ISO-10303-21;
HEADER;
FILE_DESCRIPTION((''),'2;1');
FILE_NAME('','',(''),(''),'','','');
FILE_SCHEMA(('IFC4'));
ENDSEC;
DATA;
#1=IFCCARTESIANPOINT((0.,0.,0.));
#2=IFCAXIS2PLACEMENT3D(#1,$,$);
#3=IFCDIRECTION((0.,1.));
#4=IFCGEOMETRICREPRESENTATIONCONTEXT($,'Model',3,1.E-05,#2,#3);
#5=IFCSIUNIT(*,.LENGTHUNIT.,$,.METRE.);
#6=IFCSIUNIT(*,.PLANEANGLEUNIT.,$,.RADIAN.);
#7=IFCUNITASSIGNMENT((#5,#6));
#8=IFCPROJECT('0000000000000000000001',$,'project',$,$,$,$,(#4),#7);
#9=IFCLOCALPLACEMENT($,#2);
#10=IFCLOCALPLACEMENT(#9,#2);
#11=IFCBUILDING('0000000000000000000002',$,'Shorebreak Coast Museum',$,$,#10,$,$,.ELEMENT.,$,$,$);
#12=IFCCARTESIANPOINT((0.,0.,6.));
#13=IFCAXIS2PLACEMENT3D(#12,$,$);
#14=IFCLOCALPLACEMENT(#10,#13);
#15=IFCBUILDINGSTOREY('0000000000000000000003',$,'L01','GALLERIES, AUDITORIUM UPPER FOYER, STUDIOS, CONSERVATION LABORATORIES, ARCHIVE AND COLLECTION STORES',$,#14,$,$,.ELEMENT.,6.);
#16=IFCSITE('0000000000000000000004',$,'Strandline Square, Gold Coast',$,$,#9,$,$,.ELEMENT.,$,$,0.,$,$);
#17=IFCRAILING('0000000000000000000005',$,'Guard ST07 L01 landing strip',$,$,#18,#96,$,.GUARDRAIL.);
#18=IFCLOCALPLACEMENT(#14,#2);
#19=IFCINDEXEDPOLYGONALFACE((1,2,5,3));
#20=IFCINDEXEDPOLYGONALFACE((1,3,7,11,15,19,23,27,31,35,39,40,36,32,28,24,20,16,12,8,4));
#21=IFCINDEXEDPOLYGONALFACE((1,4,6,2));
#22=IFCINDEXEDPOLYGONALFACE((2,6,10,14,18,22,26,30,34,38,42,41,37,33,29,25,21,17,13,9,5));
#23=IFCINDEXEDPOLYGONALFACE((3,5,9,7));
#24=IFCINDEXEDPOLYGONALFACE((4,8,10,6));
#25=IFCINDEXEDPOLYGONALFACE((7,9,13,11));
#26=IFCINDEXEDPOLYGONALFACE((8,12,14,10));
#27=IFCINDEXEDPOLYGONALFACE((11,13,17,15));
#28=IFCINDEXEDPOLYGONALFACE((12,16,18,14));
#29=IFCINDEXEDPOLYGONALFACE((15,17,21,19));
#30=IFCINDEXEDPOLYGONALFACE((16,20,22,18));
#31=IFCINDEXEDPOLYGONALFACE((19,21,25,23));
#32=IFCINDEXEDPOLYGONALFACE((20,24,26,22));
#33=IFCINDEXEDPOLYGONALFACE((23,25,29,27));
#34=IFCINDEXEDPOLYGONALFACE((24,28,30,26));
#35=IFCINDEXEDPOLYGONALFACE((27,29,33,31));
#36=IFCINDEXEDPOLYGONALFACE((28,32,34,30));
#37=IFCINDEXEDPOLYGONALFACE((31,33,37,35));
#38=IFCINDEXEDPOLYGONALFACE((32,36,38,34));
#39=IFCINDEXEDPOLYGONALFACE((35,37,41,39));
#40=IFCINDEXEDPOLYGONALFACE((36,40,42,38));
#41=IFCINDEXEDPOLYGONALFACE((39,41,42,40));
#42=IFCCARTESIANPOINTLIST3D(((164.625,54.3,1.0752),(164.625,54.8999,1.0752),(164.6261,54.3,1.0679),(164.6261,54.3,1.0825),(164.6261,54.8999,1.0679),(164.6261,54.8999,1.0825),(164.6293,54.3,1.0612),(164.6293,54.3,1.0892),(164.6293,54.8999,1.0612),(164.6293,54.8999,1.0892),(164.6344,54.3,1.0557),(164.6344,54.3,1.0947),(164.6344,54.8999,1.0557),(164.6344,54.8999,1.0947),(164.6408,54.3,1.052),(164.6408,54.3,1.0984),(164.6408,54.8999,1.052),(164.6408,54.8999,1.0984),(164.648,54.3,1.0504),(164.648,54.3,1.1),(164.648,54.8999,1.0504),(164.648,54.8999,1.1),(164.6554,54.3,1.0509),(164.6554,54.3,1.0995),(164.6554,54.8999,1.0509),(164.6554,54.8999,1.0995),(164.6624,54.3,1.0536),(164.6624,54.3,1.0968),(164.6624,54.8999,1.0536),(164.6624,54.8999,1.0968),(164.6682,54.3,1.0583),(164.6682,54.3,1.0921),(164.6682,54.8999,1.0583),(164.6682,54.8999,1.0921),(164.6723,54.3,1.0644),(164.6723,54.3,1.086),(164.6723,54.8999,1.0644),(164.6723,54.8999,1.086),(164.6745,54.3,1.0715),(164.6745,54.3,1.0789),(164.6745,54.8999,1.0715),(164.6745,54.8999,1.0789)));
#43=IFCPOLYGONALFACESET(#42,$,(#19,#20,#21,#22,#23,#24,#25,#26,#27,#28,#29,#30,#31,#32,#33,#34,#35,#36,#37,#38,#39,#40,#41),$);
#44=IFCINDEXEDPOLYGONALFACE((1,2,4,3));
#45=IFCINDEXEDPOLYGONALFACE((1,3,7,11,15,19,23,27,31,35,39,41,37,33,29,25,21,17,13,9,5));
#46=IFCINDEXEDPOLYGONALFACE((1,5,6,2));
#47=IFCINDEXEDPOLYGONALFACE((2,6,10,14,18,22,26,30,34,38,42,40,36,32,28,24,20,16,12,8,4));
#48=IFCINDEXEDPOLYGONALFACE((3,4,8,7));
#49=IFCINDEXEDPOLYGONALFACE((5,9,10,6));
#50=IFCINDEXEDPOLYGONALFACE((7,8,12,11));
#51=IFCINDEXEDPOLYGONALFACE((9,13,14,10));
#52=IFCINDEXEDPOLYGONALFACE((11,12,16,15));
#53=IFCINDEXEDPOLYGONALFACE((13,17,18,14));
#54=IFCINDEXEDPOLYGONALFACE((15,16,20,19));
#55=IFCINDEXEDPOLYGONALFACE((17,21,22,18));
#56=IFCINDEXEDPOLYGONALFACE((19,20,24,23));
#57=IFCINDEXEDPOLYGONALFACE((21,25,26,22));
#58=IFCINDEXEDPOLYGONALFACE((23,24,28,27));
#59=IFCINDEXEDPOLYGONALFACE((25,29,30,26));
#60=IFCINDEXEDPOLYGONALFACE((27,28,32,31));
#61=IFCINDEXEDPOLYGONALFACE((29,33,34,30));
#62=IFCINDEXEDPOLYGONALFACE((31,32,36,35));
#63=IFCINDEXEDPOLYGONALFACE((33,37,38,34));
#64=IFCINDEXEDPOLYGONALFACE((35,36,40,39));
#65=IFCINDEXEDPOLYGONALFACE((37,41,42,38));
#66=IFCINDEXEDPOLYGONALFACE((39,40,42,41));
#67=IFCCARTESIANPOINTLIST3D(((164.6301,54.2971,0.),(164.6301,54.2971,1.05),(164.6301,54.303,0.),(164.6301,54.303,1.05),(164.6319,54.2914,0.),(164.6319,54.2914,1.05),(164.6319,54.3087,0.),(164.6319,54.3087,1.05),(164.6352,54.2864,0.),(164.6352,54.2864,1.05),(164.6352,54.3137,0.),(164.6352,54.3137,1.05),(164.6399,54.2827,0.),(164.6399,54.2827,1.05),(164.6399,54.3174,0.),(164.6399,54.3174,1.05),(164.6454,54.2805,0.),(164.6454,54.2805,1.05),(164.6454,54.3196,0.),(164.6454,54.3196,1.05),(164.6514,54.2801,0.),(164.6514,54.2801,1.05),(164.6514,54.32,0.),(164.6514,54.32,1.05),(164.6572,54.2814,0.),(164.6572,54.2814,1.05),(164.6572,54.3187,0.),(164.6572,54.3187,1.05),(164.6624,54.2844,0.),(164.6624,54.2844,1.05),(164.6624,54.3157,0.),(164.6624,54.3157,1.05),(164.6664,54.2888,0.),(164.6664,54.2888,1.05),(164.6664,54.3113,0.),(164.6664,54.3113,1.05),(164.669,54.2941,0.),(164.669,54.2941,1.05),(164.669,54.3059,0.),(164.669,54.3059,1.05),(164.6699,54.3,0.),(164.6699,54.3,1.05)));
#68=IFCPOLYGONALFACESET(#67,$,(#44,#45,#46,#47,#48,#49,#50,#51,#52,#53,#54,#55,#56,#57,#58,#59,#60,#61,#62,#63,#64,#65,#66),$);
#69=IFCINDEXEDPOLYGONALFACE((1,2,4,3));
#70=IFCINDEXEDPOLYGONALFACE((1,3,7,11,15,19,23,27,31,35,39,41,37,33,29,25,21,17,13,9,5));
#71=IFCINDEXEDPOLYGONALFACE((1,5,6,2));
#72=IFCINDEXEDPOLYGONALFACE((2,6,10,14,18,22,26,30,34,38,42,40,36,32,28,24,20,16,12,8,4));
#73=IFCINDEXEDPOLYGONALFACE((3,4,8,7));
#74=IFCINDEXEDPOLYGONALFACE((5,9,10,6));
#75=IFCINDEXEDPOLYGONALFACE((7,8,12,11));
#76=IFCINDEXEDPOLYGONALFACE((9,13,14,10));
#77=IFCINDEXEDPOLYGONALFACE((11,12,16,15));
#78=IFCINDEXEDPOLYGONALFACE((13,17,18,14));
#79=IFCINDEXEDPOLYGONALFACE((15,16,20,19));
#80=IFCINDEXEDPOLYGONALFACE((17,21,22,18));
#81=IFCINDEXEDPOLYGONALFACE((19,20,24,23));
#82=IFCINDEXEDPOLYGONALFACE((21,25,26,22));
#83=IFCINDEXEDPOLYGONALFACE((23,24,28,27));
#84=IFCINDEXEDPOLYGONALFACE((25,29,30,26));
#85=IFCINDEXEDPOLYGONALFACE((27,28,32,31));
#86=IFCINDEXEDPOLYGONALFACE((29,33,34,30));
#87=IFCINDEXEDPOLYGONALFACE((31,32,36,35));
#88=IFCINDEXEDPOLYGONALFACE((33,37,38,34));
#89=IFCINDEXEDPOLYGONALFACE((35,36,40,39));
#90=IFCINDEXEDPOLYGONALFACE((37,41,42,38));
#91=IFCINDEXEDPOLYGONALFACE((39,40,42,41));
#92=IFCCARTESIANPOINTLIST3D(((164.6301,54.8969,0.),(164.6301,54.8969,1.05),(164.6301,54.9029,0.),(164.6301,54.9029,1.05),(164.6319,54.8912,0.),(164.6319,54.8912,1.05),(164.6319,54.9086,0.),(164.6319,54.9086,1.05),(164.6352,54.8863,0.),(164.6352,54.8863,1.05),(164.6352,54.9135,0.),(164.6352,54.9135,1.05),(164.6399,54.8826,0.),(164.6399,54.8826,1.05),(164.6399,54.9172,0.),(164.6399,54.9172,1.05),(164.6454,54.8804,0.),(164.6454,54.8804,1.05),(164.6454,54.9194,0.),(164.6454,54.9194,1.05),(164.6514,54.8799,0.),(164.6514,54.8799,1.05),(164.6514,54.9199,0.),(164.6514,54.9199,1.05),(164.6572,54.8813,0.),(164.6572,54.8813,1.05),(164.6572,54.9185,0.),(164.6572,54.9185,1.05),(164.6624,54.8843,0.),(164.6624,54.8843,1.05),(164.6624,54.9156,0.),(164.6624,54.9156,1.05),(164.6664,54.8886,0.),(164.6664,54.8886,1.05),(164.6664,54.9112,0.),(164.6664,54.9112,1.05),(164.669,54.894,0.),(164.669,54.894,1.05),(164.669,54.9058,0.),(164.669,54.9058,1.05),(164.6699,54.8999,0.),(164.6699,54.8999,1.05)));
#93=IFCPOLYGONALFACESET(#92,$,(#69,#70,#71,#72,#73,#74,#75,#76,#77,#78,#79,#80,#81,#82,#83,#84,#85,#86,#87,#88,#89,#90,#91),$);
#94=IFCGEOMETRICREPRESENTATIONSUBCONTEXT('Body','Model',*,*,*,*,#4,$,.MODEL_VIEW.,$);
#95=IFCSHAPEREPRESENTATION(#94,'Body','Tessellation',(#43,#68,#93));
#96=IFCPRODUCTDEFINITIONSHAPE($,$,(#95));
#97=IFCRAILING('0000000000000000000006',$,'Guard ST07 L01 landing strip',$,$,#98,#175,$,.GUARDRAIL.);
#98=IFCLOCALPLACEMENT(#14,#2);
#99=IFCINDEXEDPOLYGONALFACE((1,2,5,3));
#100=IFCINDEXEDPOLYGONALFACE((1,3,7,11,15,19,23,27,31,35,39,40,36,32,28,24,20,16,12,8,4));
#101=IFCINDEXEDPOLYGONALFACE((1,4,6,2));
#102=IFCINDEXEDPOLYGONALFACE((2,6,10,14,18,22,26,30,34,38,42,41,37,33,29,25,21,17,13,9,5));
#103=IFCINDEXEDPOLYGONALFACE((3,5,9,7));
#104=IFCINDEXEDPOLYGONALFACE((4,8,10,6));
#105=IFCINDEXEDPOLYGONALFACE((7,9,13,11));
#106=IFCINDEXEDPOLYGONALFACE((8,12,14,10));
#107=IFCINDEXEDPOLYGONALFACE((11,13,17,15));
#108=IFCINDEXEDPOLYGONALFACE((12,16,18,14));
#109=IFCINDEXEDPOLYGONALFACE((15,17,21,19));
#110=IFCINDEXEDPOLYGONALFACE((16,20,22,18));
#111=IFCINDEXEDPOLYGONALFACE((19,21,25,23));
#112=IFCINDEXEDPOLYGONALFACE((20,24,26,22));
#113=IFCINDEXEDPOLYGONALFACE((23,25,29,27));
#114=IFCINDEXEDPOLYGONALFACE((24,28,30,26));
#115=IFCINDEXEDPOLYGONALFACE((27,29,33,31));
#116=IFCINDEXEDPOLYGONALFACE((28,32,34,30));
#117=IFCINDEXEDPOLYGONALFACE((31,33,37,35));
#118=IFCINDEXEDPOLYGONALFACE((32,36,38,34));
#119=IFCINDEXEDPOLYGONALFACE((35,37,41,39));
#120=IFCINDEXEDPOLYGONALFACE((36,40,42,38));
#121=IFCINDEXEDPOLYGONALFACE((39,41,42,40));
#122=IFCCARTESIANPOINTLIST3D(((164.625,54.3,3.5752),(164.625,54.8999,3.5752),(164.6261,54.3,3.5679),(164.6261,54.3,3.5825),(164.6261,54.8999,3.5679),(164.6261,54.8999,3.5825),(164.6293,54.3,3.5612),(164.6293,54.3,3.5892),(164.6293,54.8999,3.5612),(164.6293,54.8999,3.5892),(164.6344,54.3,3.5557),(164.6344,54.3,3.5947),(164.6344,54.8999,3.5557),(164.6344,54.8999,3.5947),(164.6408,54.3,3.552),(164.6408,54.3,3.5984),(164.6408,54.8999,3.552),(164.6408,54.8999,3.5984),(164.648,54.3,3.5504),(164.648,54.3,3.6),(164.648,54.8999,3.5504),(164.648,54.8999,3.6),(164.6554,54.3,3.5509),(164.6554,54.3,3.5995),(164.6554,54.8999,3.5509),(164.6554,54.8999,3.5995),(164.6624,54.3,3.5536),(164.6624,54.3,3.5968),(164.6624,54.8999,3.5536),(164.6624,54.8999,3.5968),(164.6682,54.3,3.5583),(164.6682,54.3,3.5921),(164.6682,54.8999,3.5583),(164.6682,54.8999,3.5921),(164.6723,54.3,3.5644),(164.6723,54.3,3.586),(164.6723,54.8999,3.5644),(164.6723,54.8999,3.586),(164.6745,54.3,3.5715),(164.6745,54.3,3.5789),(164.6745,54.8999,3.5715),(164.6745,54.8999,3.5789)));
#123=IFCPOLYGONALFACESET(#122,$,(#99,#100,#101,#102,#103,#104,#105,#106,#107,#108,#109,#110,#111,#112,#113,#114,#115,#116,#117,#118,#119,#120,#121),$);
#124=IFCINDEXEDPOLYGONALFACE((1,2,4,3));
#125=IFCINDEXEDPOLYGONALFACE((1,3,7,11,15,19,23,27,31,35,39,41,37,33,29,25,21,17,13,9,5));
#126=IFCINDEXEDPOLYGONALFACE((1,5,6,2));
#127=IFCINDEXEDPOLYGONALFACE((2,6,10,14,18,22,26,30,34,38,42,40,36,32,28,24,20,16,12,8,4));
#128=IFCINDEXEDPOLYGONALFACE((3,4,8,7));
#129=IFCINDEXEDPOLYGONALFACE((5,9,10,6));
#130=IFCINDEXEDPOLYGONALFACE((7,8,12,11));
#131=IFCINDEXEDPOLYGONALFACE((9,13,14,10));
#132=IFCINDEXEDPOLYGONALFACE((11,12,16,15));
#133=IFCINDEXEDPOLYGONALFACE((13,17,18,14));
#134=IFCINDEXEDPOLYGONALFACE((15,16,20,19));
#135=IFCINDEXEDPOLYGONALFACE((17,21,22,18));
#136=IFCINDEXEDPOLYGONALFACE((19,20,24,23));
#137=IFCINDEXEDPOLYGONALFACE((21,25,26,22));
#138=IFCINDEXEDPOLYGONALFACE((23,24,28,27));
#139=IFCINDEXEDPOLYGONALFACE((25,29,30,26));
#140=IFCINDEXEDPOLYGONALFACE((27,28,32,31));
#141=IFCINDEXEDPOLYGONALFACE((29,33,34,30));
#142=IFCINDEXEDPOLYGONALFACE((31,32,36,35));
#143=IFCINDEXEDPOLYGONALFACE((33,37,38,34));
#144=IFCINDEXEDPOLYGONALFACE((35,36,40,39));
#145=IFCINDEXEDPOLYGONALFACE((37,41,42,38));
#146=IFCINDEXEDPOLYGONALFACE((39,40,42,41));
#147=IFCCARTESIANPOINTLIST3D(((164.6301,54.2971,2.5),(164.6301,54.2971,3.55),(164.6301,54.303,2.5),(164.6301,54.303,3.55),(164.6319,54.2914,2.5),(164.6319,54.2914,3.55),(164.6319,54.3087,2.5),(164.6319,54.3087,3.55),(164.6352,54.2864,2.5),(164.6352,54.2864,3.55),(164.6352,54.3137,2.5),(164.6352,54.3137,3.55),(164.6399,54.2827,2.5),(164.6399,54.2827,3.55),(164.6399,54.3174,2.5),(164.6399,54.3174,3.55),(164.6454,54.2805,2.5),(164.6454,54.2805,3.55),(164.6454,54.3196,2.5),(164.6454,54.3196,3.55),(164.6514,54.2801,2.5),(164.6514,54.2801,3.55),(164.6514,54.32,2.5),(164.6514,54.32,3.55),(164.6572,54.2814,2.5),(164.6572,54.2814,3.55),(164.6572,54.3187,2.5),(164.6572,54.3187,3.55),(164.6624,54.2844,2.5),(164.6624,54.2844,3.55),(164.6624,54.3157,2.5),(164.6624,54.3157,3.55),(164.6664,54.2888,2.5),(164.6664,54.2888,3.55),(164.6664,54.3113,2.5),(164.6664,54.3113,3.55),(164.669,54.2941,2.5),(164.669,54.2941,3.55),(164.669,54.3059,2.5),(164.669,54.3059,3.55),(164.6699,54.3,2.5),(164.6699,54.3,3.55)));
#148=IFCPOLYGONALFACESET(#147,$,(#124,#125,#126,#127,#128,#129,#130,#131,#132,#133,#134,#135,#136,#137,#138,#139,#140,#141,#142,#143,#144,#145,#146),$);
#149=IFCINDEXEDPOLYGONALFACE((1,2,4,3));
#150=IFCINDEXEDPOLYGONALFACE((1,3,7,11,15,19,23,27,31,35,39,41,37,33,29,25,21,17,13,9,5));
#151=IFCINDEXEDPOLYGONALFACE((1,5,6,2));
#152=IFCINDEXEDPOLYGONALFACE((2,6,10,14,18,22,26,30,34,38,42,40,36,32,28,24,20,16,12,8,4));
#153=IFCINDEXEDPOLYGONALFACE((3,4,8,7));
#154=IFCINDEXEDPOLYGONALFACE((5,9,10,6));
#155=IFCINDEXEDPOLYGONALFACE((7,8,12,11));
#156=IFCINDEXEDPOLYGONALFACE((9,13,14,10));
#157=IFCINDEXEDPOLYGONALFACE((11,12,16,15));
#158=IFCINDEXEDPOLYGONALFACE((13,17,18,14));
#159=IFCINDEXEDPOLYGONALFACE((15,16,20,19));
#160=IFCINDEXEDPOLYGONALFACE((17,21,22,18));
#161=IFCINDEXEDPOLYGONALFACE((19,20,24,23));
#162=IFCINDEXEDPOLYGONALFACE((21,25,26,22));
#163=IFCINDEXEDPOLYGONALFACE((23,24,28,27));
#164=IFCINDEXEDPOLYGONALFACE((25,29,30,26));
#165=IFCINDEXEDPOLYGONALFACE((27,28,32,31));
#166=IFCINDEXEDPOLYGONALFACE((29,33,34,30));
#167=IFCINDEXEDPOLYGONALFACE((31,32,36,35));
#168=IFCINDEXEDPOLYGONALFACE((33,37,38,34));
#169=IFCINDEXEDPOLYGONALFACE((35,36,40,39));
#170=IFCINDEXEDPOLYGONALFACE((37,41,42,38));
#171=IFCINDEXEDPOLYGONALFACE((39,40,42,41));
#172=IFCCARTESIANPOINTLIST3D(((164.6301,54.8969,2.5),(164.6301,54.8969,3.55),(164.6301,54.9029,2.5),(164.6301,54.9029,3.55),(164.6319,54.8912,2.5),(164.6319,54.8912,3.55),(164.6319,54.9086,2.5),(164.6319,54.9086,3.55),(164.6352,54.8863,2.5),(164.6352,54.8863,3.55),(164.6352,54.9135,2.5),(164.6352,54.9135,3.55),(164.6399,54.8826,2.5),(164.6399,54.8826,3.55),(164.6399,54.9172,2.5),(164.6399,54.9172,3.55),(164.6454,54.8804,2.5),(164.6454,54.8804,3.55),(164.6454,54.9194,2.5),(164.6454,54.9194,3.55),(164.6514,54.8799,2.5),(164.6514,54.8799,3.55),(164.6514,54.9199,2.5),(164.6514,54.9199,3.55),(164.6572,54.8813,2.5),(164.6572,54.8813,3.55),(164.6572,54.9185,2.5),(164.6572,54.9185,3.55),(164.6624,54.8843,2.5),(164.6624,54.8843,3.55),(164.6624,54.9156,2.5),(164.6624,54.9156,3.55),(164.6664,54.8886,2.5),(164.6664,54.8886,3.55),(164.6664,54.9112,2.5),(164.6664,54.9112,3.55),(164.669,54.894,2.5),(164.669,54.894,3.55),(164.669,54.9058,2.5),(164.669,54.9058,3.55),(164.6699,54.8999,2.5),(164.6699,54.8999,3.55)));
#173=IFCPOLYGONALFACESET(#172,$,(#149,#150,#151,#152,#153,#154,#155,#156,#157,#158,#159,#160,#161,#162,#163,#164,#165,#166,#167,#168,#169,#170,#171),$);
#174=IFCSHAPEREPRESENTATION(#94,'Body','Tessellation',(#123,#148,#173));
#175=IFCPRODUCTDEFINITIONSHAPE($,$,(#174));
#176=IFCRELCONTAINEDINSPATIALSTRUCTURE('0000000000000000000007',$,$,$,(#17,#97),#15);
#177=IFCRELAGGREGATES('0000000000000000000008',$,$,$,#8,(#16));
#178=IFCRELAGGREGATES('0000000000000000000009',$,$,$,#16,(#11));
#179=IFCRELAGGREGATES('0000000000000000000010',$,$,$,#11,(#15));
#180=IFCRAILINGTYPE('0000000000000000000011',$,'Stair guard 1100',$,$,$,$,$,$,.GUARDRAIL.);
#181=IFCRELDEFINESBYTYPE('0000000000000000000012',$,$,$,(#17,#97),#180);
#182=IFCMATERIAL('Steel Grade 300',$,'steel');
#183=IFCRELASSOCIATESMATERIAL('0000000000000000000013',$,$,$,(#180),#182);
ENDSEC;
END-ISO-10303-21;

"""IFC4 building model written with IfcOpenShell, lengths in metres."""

from ifc_helpers import new_model, si_unit, direction, frame, origin, origin_2d, place, context, subcontext, project, spatial, circle, extrude, material, type_object, element, save


model = new_model("IFC4")

# Units and contexts
model_context = context("Model", 3, precision=1e-05, world=origin(), true_north=direction((0.0, 1.0)))
body_context = subcontext(model_context, "Body", "Model", "MODEL_VIEW")
ifc_project = project(units=[si_unit("LENGTHUNIT", "METRE"), si_unit("PLANEANGLEUNIT", "RADIAN")], contexts=[model_context])

# Site, building, storey
site_placement = place(None, origin())
site = spatial("IfcSite", under=ifc_project, at=site_placement, Name="Strandline Square, Gold Coast", CompositionType="ELEMENT", RefElevation=0.0)
building_placement = place(site_placement, origin())
building = spatial("IfcBuilding", under=site, at=building_placement, Name="Shorebreak Coast Museum", CompositionType="ELEMENT")
storey_placement = place(building_placement, frame((0.0, 0.0, 6.0)))
storey = spatial("IfcBuildingStorey", under=building, at=storey_placement, Name="L01", Description="GALLERIES, AUDITORIUM UPPER FOYER, STUDIOS, CONSERVATION LABORATORIES, ARCHIVE AND COLLECTION STORES", CompositionType="ELEMENT", Elevation=6.0)

# Railings
ifc_material_1 = material(Name="Steel Grade 300", Category="steel")
railing_type_1 = type_object("IfcRailingType", Name="Stair guard 1100", PredefinedType="GUARDRAIL", material=ifc_material_1)
for number, where, name in (
    (1, (164.6499, 54.3, 0.0), "Guard ST07 L01 landing strip"),
    (2, (164.6499, 54.3, 2.5), "Guard ST07 L01 landing strip"),
):
    element("IfcRailing", number, at=place(storey_placement, frame(where)), inside=storey, type_object=railing_type_1, Name=name, PredefinedType="GUARDRAIL", context=body_context, shape_type="SweptSolid", body=[
        extrude(circle(Radius=0.0249, at=origin_2d()), frame((0.0, 0.0, 1.0752), z_axis=(0.0, 1.0, 0.0), x_axis=(-1.0, 0.0, 0.0)), (0.0, 0.0, 1.0), 0.5999),
        extrude(circle(Radius=0.02, at=origin_2d()), origin(), (0.0, 0.0, 1.0), 1.05),
        extrude(circle(Radius=0.02, at=origin_2d()), frame((0.0, 0.5999, 0.0)), (0.0, 0.0, 1.0), 1.05),
    ])

save(model, "model.ifc")
